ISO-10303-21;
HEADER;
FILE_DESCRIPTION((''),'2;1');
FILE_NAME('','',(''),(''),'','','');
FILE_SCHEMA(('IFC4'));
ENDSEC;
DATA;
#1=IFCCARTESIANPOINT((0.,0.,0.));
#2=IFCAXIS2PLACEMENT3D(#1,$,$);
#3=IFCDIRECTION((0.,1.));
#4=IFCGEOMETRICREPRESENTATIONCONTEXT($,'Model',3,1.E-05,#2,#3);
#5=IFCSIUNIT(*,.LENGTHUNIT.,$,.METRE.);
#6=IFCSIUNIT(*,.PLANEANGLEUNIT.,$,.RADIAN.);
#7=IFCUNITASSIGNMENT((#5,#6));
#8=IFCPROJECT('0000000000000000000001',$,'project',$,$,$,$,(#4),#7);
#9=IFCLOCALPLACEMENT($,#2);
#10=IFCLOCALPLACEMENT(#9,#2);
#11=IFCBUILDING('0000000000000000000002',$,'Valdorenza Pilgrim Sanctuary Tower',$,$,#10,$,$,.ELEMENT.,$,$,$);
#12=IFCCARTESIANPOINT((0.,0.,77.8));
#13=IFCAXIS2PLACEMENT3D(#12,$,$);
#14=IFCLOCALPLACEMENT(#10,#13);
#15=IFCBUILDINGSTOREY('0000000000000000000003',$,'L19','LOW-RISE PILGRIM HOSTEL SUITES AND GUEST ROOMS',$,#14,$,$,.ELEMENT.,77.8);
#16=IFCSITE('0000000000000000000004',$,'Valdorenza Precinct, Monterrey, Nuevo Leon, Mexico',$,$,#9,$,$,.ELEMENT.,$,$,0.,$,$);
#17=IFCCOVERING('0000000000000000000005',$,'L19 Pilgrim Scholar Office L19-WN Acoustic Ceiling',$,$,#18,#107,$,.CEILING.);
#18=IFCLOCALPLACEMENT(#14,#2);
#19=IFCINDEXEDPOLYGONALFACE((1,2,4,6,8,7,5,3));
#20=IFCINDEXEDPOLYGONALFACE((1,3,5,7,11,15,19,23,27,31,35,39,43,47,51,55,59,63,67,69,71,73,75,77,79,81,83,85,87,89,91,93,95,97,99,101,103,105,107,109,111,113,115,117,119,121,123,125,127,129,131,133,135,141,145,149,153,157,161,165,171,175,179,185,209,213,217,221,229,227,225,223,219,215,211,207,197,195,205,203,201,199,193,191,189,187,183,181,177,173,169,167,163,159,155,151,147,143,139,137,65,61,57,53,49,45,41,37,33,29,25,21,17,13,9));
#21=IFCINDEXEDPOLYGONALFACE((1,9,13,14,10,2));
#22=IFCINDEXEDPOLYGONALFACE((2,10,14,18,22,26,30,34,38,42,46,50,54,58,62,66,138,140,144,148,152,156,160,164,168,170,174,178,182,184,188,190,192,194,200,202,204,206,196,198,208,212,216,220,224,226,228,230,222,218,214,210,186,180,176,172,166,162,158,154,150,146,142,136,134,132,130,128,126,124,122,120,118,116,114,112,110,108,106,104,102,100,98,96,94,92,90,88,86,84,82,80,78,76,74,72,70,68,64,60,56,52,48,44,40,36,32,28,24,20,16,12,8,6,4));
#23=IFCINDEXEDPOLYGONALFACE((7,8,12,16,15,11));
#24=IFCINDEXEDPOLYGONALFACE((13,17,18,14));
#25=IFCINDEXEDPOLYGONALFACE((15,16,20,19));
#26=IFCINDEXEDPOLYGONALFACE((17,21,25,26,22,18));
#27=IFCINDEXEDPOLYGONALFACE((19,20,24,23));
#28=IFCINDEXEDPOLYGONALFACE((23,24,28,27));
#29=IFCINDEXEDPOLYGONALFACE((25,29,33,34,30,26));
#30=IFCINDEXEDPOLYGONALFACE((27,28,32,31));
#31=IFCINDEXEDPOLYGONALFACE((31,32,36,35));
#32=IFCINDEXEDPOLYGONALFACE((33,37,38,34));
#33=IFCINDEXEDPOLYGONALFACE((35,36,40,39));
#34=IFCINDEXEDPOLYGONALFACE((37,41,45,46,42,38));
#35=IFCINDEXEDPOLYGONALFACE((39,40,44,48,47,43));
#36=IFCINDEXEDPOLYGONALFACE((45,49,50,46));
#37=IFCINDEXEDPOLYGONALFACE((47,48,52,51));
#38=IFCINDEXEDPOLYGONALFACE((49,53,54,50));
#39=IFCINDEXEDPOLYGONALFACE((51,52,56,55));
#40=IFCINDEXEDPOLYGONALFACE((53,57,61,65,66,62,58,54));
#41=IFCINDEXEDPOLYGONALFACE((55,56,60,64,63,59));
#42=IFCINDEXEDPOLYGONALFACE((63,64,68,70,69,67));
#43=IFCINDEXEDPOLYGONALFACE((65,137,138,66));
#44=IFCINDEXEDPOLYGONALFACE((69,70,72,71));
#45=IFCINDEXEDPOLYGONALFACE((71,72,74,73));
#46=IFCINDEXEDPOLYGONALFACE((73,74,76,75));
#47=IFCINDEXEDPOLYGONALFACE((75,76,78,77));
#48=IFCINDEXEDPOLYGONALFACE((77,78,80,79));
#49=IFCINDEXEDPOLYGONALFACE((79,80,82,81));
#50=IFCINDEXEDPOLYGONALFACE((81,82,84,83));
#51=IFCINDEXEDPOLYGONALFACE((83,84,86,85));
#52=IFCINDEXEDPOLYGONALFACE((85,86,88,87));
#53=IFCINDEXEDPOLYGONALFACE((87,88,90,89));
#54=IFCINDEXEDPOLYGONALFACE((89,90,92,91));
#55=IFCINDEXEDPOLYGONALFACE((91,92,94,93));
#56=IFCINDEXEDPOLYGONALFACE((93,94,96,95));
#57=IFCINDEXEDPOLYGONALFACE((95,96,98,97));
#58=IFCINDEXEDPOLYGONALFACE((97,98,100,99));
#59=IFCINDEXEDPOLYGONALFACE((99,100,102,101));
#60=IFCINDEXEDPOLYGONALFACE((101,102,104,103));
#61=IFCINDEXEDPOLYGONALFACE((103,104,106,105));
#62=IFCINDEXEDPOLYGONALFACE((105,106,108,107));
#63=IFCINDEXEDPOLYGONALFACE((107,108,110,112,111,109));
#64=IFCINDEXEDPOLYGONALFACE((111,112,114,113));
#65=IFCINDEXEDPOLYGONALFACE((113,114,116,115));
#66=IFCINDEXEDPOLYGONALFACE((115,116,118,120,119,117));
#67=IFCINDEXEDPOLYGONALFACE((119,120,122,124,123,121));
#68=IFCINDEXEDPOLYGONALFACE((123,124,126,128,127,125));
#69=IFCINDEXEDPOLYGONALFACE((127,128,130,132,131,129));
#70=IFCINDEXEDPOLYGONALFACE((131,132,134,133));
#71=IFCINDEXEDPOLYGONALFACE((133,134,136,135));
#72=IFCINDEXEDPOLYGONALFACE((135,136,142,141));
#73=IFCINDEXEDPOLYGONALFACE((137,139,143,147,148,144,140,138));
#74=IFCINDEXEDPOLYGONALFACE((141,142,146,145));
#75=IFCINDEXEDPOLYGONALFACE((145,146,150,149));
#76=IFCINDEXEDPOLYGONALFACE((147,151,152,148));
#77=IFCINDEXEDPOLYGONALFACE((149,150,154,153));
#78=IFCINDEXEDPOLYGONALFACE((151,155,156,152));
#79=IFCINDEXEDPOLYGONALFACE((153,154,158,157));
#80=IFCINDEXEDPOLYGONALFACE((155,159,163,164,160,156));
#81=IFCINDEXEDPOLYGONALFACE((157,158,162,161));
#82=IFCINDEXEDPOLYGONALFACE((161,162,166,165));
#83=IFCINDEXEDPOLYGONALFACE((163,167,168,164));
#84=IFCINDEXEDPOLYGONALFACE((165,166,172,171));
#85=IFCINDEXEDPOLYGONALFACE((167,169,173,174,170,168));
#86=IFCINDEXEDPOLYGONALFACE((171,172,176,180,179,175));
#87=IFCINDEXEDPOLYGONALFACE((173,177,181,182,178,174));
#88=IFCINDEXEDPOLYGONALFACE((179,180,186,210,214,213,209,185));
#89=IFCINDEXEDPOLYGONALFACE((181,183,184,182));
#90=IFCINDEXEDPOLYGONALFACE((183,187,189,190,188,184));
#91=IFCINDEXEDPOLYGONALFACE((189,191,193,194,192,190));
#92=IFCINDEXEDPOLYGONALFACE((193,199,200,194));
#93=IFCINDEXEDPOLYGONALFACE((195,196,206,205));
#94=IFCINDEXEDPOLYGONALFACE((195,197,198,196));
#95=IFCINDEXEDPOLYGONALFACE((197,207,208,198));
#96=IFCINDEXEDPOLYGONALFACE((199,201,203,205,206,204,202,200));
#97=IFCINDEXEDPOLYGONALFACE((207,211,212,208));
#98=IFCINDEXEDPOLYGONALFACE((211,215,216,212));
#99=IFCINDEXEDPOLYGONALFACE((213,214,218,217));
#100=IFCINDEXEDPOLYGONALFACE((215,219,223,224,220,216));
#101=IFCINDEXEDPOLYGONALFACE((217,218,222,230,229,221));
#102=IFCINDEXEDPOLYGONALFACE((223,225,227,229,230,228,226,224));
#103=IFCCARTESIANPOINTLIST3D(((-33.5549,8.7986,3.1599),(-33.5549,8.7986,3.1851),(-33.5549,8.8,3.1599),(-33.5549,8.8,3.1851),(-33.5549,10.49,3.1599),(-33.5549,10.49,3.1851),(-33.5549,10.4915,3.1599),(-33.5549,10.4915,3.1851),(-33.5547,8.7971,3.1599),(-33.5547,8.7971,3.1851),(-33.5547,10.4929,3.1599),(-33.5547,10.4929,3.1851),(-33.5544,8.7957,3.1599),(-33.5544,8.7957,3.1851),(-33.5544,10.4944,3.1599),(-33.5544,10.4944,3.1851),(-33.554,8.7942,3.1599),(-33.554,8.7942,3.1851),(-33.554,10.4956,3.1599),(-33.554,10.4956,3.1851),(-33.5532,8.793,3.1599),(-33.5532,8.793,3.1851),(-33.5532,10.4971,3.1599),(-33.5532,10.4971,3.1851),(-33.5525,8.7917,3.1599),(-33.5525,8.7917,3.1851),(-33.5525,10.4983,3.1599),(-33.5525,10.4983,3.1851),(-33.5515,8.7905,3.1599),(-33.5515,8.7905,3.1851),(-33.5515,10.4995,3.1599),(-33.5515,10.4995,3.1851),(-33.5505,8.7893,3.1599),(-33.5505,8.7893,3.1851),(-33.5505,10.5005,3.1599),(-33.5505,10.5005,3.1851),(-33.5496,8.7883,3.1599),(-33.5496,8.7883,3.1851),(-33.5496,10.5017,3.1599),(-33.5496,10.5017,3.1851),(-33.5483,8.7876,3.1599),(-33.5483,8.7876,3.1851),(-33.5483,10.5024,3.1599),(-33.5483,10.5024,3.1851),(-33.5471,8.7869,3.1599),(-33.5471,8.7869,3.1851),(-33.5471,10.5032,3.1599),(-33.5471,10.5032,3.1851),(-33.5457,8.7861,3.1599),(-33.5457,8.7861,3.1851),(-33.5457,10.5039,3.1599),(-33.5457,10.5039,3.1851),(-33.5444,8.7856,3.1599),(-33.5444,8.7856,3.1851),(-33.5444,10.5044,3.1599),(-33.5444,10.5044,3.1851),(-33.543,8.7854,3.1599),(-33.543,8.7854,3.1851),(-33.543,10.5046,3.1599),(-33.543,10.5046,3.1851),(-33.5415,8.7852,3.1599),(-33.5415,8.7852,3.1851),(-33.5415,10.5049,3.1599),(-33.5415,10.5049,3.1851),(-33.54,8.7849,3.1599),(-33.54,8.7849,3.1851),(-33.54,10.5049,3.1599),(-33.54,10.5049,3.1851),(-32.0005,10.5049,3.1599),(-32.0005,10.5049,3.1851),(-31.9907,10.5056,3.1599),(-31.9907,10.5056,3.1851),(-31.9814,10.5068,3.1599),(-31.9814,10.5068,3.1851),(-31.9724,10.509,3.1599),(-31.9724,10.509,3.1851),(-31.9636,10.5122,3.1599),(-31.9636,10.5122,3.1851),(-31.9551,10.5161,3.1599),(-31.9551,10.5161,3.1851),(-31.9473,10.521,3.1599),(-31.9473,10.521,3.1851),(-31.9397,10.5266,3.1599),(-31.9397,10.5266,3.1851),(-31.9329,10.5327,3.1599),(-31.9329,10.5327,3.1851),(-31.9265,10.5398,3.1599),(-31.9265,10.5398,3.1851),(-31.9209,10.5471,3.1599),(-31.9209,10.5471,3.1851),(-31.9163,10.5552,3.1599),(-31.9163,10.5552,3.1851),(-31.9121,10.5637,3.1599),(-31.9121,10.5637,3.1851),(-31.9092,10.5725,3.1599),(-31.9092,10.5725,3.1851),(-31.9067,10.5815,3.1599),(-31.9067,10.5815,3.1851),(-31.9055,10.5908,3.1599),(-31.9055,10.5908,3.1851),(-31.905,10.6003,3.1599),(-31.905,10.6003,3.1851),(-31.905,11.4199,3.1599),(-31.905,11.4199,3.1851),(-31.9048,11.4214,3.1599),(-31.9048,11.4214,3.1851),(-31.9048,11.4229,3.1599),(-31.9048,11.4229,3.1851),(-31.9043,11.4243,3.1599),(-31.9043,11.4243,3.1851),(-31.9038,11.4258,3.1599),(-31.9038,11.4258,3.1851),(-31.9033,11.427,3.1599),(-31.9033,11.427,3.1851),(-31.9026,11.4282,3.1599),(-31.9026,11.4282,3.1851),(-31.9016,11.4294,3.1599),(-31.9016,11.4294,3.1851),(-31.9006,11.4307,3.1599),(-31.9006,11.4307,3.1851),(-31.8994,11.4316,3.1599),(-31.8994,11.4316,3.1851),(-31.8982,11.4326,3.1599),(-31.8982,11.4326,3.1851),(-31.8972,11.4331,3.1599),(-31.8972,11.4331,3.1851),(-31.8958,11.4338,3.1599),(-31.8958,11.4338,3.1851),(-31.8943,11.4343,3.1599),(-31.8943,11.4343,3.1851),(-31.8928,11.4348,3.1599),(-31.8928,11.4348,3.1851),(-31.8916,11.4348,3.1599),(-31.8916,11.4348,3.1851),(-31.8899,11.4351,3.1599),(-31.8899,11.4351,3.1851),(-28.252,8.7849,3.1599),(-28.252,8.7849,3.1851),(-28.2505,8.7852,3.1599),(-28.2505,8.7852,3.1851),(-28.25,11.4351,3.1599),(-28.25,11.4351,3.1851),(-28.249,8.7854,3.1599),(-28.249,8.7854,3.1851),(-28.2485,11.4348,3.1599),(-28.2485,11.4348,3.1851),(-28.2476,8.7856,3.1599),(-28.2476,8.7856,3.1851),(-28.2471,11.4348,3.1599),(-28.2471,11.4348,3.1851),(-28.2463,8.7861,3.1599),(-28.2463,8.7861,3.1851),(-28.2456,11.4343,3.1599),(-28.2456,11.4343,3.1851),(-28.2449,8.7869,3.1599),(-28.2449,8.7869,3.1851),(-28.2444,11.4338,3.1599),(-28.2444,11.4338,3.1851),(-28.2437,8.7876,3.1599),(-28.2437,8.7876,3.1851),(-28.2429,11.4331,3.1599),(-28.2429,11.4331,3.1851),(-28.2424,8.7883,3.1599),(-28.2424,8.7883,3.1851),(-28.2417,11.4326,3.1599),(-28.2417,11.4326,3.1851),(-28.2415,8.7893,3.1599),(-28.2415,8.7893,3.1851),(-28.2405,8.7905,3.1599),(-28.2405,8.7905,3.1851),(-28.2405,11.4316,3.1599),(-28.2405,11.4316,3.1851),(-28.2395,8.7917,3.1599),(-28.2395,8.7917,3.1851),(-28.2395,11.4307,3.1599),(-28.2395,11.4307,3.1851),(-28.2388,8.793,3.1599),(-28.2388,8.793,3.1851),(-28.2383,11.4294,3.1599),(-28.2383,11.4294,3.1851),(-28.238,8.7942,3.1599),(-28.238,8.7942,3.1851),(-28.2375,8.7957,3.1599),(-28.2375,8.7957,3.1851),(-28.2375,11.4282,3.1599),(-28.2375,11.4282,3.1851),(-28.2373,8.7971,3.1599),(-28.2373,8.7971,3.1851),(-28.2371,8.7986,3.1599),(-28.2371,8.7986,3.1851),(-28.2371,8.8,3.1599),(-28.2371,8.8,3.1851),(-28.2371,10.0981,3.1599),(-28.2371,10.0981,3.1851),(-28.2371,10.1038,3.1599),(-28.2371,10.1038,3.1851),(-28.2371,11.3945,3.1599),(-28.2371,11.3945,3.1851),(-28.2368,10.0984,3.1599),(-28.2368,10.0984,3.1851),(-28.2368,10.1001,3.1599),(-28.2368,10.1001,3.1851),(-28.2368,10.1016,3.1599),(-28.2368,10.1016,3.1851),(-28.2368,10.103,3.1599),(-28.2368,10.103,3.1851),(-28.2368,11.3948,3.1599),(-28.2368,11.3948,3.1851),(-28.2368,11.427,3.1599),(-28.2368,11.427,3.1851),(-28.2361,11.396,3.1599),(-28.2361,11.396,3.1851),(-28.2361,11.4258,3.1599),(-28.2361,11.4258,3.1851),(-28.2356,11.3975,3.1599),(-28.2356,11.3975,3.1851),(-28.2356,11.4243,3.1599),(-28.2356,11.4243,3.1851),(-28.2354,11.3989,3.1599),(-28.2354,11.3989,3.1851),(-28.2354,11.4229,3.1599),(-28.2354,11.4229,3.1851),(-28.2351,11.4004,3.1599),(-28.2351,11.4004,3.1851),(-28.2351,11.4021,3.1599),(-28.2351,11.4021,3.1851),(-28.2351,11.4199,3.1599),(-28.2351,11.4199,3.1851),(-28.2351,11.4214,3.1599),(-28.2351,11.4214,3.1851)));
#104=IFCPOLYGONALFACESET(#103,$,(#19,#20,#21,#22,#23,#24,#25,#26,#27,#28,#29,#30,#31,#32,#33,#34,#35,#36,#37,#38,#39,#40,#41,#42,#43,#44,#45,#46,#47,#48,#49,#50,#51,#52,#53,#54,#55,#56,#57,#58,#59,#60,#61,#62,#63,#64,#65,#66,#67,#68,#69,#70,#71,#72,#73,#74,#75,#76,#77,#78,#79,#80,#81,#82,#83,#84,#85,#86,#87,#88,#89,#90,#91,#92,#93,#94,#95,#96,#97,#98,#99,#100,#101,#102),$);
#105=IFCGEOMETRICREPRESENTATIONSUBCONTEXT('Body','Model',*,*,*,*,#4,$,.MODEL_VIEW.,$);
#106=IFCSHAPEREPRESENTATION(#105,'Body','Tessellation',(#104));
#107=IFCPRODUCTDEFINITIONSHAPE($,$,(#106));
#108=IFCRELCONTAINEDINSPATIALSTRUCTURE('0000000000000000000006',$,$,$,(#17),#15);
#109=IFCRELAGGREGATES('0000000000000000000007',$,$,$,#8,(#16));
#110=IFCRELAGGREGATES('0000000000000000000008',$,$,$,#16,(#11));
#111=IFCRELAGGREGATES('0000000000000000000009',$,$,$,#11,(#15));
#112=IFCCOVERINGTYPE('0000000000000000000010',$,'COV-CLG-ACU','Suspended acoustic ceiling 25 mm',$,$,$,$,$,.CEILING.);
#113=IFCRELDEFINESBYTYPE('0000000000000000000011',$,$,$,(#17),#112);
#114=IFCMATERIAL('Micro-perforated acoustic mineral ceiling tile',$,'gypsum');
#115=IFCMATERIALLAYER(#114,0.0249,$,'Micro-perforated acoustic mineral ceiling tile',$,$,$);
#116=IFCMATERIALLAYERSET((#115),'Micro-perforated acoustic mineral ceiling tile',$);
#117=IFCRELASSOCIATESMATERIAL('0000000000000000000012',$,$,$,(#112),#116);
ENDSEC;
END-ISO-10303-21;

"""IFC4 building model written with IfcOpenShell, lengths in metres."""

from ifc_helpers import new_model, si_unit, direction, frame, origin, place, context, subcontext, project, spatial, polyline, outline, extrude, material, layer, layer_set, type_object, element, save


model = new_model("IFC4")

# Units and contexts
model_context = context("Model", 3, precision=1e-05, world=origin(), true_north=direction((0.0, 1.0)))
body_context = subcontext(model_context, "Body", "Model", "MODEL_VIEW")
ifc_project = project(units=[si_unit("LENGTHUNIT", "METRE"), si_unit("PLANEANGLEUNIT", "RADIAN")], contexts=[model_context])

# Site, building, storey
site_placement = place(None, origin())
site = spatial("IfcSite", under=ifc_project, at=site_placement, Name="Valdorenza Precinct, Monterrey, Nuevo Leon, Mexico", CompositionType="ELEMENT", RefElevation=0.0)
building_placement = place(site_placement, origin())
building = spatial("IfcBuilding", under=site, at=building_placement, Name="Valdorenza Pilgrim Sanctuary Tower", CompositionType="ELEMENT")
storey_placement = place(building_placement, frame((0.0, 0.0, 77.8)))
storey = spatial("IfcBuildingStorey", under=building, at=storey_placement, Name="L19", Description="LOW-RISE PILGRIM HOSTEL SUITES AND GUEST ROOMS", CompositionType="ELEMENT", Elevation=77.8)

# Covering
ifc_material_1 = material(Name="Micro-perforated acoustic mineral ceiling tile", Category="gypsum")
ifc_layer_1 = layer(ifc_material_1, 0.0249, Name="Micro-perforated acoustic mineral ceiling tile")
ifc_layer_set_1 = layer_set([ifc_layer_1], Name="Micro-perforated acoustic mineral ceiling tile")
covering_type_1 = type_object("IfcCoveringType", Name="COV-CLG-ACU", Description="Suspended acoustic ceiling 25 mm", PredefinedType="CEILING", material=ifc_layer_set_1)
covering_1_placement = place(storey_placement, frame((0.0, 0.0, 3.1599)))
element("IfcCovering", 1, at=covering_1_placement, inside=storey, type_object=covering_type_1, Name="L19 Pilgrim Scholar Office L19-WN Acoustic Ceiling", PredefinedType="CEILING", context=body_context, shape_type="SweptSolid", body=[
    extrude(outline(polyline([(-28.2371, 11.3945), (-28.2371, 10.1038), (-28.2368, 10.103), (-28.2368, 10.1016), (-28.2368, 10.1001), (-28.2368, 10.0984), (-28.2371, 10.0981), (-28.2371, 8.8), (-28.2371, 8.7986), (-28.2373, 8.7971), (-28.2375, 8.7957), (-28.238, 8.7942), (-28.2388, 8.793), (-28.2395, 8.7917), (-28.2405, 8.7905), (-28.2415, 8.7893), (-28.2424, 8.7883), (-28.2437, 8.7876), (-28.2449, 8.7869), (-28.2463, 8.7861), (-28.2476, 8.7856), (-28.249, 8.7854), (-28.2505, 8.7852), (-28.252, 8.7849), (-33.54, 8.7849), (-33.5415, 8.7852), (-33.543, 8.7854), (-33.5444, 8.7856), (-33.5457, 8.7861), (-33.5471, 8.7869), (-33.5483, 8.7876), (-33.5496, 8.7883), (-33.5505, 8.7893), (-33.5515, 8.7905), (-33.5525, 8.7917), (-33.5532, 8.793), (-33.554, 8.7942), (-33.5544, 8.7957), (-33.5547, 8.7971), (-33.5549, 8.7986), (-33.5549, 8.8), (-33.5549, 10.49), (-33.5549, 10.4915), (-33.5547, 10.4929), (-33.5544, 10.4944), (-33.554, 10.4956), (-33.5532, 10.4971), (-33.5525, 10.4983), (-33.5515, 10.4995), (-33.5505, 10.5005), (-33.5496, 10.5017), (-33.5483, 10.5024), (-33.5471, 10.5032), (-33.5457, 10.5039), (-33.5444, 10.5044), (-33.543, 10.5046), (-33.5415, 10.5049), (-33.54, 10.5049), (-32.0005, 10.5049), (-31.9907, 10.5056), (-31.9814, 10.5068), (-31.9724, 10.509), (-31.9636, 10.5122), (-31.9551, 10.5161), (-31.9473, 10.521), (-31.9397, 10.5266), (-31.9329, 10.5327), (-31.9265, 10.5398), (-31.9209, 10.5471), (-31.9163, 10.5552), (-31.9121, 10.5637), (-31.9092, 10.5725), (-31.9067, 10.5815), (-31.9055, 10.5908), (-31.905, 10.6003), (-31.905, 11.4199), (-31.9048, 11.4214), (-31.9048, 11.4229), (-31.9043, 11.4243), (-31.9038, 11.4258), (-31.9033, 11.427), (-31.9026, 11.4282), (-31.9016, 11.4294), (-31.9006, 11.4307), (-31.8994, 11.4316), (-31.8982, 11.4326), (-31.8972, 11.4331), (-31.8958, 11.4338), (-31.8943, 11.4343), (-31.8928, 11.4348), (-31.8916, 11.4348), (-31.8899, 11.4351), (-28.25, 11.4351), (-28.2485, 11.4348), (-28.2471, 11.4348), (-28.2456, 11.4343), (-28.2444, 11.4338), (-28.2429, 11.4331), (-28.2417, 11.4326), (-28.2405, 11.4316), (-28.2395, 11.4307), (-28.2383, 11.4294), (-28.2375, 11.4282), (-28.2368, 11.427), (-28.2361, 11.4258), (-28.2356, 11.4243), (-28.2354, 11.4229), (-28.2351, 11.4214), (-28.2351, 11.4199), (-28.2351, 11.4021), (-28.2351, 11.4004), (-28.2354, 11.3989), (-28.2356, 11.3975), (-28.2361, 11.396), (-28.2368, 11.3948), (-28.2371, 11.3945)])), origin(), (0.0, 0.0, 1.0), 0.0251),
])

save(model, "model.ifc")
